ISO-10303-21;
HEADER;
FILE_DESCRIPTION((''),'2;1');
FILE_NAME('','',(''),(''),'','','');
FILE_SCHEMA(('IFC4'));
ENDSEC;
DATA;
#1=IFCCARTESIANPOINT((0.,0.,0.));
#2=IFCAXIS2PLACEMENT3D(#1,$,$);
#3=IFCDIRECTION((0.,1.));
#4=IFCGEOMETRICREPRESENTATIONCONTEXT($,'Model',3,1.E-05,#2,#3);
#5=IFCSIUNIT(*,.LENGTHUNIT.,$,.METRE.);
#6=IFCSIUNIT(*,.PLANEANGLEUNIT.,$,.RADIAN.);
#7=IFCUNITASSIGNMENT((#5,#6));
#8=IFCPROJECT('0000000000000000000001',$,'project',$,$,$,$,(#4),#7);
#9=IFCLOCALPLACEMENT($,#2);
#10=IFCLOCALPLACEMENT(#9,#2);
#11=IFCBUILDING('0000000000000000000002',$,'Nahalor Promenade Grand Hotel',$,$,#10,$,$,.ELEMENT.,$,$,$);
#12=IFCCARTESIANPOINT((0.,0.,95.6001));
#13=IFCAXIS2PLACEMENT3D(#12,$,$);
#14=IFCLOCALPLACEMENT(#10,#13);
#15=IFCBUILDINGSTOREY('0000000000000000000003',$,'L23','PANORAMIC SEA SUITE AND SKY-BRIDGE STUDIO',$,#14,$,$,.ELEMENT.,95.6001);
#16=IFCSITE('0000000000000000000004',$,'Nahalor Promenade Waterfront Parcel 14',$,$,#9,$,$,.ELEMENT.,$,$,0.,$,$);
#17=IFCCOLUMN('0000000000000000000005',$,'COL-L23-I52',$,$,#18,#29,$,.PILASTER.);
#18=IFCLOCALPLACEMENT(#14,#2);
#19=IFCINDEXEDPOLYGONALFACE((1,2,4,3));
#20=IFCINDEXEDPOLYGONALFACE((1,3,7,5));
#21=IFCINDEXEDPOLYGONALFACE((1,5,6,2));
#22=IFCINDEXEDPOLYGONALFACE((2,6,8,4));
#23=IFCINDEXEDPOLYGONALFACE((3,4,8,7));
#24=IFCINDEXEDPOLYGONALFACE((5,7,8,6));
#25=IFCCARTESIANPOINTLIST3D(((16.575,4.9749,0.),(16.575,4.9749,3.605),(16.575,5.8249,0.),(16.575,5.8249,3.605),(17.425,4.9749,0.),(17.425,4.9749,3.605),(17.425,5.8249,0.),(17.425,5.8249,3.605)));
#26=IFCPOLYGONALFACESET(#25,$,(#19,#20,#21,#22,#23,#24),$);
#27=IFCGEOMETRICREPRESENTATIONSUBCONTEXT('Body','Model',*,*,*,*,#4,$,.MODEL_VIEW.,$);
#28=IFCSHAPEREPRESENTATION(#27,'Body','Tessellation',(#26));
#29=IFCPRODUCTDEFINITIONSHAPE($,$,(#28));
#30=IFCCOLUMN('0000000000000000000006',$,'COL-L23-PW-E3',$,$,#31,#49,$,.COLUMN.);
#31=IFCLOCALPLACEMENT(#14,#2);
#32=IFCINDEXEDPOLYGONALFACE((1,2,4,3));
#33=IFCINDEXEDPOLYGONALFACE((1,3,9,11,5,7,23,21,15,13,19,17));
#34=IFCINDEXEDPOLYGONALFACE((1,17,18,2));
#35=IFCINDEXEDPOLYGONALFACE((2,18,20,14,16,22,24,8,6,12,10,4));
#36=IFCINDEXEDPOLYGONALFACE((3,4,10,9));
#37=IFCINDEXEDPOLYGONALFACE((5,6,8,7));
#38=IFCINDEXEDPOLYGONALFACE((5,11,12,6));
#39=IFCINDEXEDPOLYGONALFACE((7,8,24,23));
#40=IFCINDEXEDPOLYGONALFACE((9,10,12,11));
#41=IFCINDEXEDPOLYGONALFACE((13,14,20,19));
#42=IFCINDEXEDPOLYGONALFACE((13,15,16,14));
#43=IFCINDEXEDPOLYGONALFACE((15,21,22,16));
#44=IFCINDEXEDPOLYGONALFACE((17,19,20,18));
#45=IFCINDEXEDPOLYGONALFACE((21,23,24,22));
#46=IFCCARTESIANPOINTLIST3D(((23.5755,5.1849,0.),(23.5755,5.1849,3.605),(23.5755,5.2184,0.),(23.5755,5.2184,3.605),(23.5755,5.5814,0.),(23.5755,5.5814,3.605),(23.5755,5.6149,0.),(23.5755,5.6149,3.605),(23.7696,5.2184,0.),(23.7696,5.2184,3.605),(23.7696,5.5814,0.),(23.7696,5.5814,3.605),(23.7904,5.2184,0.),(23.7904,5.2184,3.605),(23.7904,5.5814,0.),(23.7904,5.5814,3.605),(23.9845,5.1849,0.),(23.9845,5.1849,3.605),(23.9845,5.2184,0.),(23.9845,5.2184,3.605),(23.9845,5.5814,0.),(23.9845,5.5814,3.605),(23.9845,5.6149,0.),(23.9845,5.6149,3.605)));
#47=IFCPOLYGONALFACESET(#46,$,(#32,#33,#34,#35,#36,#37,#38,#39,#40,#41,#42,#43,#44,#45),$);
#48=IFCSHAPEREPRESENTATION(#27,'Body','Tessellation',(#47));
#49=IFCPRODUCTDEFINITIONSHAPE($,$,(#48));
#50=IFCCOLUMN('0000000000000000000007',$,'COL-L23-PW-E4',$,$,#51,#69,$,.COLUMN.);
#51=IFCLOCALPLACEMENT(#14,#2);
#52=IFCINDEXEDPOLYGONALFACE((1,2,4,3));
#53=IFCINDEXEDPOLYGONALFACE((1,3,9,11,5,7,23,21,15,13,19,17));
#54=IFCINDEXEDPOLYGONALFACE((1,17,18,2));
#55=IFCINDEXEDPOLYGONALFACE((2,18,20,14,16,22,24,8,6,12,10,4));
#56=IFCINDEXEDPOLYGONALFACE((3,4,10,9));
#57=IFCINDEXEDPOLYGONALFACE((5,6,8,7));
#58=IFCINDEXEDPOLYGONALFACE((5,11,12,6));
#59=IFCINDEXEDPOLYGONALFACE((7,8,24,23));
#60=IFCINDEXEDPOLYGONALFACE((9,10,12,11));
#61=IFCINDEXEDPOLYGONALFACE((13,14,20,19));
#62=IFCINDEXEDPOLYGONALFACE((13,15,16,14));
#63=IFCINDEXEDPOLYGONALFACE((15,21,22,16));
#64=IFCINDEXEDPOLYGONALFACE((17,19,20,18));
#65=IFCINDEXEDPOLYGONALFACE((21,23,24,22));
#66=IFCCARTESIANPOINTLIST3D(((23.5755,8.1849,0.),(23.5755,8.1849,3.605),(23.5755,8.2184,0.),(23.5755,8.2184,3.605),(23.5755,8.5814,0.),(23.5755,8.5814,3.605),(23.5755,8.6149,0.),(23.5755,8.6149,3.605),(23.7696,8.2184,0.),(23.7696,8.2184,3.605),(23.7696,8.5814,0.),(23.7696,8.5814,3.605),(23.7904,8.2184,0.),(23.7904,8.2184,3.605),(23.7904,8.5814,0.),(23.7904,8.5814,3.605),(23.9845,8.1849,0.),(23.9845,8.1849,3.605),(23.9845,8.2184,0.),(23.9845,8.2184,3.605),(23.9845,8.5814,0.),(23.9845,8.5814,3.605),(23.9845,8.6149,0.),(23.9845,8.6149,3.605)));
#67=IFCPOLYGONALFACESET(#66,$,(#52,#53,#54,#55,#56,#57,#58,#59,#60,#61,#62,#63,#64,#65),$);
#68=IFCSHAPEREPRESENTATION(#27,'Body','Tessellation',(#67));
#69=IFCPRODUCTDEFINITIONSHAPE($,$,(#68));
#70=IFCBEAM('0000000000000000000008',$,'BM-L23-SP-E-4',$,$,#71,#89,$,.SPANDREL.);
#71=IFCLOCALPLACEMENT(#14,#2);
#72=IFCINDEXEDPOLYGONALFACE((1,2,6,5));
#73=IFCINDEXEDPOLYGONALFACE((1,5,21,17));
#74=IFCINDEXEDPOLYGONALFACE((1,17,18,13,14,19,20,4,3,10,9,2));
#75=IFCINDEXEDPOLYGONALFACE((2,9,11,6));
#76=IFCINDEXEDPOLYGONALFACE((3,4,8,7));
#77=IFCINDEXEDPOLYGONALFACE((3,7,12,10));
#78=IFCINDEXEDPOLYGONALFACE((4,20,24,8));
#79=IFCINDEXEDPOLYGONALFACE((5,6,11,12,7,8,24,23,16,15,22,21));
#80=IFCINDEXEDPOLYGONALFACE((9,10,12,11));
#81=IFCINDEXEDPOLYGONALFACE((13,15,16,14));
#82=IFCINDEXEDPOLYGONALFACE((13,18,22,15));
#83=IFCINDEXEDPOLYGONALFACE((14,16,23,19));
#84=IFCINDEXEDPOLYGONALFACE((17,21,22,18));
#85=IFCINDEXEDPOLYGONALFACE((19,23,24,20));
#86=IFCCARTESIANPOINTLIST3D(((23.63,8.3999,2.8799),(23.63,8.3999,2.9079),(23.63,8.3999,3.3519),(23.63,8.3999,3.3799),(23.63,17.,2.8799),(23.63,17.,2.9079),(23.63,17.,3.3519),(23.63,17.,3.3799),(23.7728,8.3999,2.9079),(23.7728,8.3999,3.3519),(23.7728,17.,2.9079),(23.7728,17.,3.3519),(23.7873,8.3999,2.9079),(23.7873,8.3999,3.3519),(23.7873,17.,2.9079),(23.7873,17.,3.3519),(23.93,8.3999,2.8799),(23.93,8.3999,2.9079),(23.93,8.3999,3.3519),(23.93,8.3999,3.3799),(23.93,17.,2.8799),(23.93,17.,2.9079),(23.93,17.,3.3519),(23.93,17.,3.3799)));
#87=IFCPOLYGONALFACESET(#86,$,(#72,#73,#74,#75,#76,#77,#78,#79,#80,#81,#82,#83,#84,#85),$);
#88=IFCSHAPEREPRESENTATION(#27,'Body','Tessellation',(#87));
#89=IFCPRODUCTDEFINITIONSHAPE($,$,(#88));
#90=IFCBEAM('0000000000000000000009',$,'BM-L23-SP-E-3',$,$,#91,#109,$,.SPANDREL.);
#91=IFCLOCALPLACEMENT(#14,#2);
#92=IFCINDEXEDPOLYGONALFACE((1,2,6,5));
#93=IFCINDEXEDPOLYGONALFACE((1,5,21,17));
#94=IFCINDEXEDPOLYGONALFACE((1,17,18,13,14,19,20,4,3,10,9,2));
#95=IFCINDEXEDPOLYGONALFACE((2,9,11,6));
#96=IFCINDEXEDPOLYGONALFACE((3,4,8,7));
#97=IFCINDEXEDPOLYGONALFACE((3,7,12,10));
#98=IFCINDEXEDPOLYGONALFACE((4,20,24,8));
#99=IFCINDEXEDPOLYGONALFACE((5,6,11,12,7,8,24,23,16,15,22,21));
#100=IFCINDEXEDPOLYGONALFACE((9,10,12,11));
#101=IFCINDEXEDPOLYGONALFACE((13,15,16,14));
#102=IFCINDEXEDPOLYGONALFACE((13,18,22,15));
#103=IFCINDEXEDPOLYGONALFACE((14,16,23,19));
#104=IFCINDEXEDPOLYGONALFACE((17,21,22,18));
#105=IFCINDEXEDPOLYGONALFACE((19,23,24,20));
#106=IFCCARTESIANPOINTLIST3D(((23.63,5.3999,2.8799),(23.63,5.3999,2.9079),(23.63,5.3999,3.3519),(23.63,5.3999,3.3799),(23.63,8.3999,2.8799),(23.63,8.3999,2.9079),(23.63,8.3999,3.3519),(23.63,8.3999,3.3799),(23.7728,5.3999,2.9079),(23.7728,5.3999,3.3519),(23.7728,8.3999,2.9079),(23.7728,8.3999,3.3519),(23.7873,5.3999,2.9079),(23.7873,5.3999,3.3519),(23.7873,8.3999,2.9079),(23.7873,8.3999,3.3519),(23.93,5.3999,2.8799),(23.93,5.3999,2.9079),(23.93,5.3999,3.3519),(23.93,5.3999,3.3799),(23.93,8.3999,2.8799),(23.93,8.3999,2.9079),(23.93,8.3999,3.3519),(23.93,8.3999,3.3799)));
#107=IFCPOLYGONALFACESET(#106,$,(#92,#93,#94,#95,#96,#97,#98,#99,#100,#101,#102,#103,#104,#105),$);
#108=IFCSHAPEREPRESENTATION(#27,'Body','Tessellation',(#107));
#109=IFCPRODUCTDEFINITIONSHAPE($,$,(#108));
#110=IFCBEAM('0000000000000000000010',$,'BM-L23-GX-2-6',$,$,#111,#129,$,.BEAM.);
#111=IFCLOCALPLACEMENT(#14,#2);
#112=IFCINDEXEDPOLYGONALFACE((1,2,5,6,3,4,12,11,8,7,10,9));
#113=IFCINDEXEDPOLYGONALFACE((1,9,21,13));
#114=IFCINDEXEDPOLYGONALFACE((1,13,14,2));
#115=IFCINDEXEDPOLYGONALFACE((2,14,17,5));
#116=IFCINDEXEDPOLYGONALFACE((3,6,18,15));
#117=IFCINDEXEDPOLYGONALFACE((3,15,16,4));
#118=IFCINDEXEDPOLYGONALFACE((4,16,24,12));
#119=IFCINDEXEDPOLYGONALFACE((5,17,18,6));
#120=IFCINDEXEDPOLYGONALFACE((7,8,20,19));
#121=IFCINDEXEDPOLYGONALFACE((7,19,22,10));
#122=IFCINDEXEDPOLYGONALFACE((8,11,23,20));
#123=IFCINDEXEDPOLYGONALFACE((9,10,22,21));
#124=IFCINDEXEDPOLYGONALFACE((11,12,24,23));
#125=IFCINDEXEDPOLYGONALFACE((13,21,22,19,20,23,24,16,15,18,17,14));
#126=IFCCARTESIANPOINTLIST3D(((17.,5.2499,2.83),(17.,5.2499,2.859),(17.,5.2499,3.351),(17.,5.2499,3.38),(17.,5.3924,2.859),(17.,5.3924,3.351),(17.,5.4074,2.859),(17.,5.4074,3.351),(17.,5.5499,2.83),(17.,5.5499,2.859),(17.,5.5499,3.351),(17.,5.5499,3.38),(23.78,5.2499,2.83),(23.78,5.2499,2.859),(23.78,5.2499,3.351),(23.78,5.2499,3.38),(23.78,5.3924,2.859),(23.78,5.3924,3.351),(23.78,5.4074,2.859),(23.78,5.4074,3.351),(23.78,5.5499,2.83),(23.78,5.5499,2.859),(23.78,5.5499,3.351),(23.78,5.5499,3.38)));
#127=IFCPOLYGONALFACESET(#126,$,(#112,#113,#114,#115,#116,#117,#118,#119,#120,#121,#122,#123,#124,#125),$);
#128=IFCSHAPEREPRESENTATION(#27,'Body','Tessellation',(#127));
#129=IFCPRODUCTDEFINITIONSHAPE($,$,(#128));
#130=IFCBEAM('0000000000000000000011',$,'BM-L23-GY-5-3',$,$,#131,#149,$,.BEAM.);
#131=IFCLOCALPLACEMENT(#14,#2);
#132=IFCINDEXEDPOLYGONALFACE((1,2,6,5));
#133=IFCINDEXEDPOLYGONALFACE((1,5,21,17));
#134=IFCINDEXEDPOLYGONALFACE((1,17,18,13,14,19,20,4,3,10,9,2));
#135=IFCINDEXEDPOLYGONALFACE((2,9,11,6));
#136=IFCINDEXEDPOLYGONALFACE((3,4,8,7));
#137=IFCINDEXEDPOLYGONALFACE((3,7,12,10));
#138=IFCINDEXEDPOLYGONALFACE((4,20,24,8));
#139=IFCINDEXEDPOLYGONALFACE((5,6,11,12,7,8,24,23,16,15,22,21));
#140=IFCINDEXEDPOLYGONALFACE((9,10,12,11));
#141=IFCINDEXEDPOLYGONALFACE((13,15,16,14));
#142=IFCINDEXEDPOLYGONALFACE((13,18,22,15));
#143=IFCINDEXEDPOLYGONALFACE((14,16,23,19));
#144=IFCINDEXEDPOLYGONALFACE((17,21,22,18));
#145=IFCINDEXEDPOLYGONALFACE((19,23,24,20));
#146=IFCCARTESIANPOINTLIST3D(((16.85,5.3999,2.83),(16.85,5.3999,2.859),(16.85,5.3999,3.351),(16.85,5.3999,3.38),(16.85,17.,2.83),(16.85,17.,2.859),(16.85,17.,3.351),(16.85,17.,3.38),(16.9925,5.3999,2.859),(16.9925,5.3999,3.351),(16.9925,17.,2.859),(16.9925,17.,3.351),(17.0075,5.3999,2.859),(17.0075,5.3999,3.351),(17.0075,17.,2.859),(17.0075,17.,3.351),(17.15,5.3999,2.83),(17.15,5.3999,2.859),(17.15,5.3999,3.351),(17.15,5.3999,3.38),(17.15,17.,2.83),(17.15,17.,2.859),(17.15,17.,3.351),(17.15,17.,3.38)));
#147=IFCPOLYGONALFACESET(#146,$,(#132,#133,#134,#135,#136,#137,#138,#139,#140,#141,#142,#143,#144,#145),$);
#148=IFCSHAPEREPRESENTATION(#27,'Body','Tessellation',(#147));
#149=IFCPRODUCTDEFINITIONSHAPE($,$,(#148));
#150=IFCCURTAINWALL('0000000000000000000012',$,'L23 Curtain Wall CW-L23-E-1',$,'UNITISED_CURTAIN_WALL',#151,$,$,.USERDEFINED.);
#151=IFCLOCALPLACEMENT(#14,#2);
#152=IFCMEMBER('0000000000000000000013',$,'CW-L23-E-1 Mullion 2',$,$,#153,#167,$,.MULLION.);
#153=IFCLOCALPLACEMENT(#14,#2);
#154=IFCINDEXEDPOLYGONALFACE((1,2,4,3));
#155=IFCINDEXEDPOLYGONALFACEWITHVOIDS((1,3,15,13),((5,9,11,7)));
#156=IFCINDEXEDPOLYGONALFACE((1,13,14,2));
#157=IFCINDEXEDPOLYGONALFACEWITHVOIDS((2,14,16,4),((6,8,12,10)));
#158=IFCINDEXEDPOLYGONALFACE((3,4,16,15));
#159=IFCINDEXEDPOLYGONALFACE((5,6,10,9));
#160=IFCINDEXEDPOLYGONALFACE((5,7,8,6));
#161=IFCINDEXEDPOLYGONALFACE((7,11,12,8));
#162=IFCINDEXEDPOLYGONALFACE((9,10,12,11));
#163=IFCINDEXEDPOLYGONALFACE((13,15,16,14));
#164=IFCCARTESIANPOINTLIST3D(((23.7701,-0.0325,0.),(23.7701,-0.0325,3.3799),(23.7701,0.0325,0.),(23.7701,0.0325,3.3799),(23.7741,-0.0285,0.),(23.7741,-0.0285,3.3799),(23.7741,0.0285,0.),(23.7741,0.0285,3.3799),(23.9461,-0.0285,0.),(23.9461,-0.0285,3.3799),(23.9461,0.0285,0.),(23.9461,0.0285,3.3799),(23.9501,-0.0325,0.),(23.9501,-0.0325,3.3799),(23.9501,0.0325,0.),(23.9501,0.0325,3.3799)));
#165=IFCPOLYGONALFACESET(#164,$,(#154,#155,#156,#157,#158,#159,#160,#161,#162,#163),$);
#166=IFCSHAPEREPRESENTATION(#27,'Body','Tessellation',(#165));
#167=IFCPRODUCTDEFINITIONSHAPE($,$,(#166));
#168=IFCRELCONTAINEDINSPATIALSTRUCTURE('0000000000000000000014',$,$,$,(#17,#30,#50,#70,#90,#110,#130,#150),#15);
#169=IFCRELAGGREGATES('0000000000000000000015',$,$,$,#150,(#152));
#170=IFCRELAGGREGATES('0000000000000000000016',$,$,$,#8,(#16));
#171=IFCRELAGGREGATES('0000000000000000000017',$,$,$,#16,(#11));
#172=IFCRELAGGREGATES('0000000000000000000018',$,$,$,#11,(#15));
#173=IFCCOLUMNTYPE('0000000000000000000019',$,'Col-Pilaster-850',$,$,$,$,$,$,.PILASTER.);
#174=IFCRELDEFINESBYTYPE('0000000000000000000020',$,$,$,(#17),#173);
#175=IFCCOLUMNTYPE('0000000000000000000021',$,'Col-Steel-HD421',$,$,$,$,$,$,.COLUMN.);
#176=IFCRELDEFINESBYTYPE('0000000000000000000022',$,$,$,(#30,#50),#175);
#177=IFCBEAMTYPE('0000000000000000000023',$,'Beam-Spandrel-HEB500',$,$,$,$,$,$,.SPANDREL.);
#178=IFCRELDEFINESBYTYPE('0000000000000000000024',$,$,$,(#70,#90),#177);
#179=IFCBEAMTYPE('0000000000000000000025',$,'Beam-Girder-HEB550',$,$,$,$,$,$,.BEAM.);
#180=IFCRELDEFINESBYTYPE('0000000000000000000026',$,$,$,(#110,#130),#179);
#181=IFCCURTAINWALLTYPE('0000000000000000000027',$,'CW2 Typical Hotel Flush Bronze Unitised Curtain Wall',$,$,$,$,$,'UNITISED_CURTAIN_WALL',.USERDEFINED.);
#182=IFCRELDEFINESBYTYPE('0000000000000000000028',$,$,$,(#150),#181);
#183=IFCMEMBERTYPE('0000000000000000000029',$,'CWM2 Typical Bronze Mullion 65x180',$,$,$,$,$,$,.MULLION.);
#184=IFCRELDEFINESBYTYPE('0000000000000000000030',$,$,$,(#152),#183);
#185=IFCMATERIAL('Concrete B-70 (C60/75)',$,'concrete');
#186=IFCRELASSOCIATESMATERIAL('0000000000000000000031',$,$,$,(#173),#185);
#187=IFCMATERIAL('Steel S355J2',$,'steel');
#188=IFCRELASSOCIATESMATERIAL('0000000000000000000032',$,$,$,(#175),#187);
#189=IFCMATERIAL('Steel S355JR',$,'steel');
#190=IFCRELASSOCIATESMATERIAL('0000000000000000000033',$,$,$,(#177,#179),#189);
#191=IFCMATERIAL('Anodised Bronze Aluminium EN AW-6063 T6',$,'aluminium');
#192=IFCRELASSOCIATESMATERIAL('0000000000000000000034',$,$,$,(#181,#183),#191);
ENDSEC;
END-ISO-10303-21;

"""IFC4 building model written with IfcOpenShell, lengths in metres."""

from ifc_helpers import new_model, si_unit, direction, frame, origin, origin_2d, place, context, subcontext, project, spatial, rectangle, hollow_rectangle, i_section, extrude, source, transform, mapped, material, material_profile, profile_set, type_object, element, aggregate, save


model = new_model("IFC4")

# Units and contexts
model_context = context("Model", 3, precision=1e-05, world=origin(), true_north=direction((0.0, 1.0)))
body_context = subcontext(model_context, "Body", "Model", "MODEL_VIEW")
ifc_project = project(units=[si_unit("LENGTHUNIT", "METRE"), si_unit("PLANEANGLEUNIT", "RADIAN")], contexts=[model_context])

# Site, building, storey
site_placement = place(None, origin())
site = spatial("IfcSite", under=ifc_project, at=site_placement, Name="Nahalor Promenade Waterfront Parcel 14", CompositionType="ELEMENT", RefElevation=0.0)
building_placement = place(site_placement, origin())
building = spatial("IfcBuilding", under=site, at=building_placement, Name="Nahalor Promenade Grand Hotel", CompositionType="ELEMENT")
storey_placement = place(building_placement, frame((0.0, 0.0, 95.6001)))
storey = spatial("IfcBuildingStorey", under=building, at=storey_placement, Name="L23", Description="PANORAMIC SEA SUITE AND SKY-BRIDGE STUDIO", CompositionType="ELEMENT", Elevation=95.6001)

# Columns
ifc_material_1 = material(Name="Concrete B-70 (C60/75)", Category="concrete")
ifc_material_profile_1 = material_profile(ifc_material_1, rectangle(XDim=0.85, YDim=0.85, at=origin_2d()), Name="RC 850x850")
ifc_profile_set_1 = profile_set([ifc_material_profile_1], Name="Concrete B-70 (C60/75)")
column_type_1 = type_object("IfcColumnType", Name="Col-Pilaster-850", PredefinedType="PILASTER", material=ifc_profile_set_1)
shared_shape_1 = source(origin(), body_context, "Body", "SweptSolid", [
    extrude(rectangle(XDim=0.85, YDim=0.85, at=origin_2d()), origin(), (0.0, 0.0, 1.0), 3.605),
])
column_placement = place(storey_placement, frame((17.0, 5.3999, 0.0), z_axis=(0.0, 0.0, 1.0), x_axis=(1.0, 0.0, 0.0)))
element("IfcColumn", 1, at=column_placement, inside=storey, type_object=column_type_1, Name="COL-L23-I52", PredefinedType="PILASTER", context=body_context, shape_type="MappedRepresentation", body=[
    mapped(shared_shape_1, transform((0.0, 0.0, 0.0), scale=1.0)),
])
ifc_material_2 = material(Name="Steel S355J2", Category="steel")
ifc_material_profile_2 = material_profile(ifc_material_2, i_section(OverallWidth=0.409, OverallDepth=0.43, WebThickness=0.0208, FlangeThickness=0.0335, at=origin_2d()), Name="HD 400x421")
ifc_profile_set_2 = profile_set([ifc_material_profile_2], Name="Steel S355J2")
column_type_2 = type_object("IfcColumnType", Name="Col-Steel-HD421", PredefinedType="COLUMN", material=ifc_profile_set_2)
shared_shape_2 = source(origin(), body_context, "Body", "SweptSolid", [
    extrude(i_section(OverallWidth=0.409, OverallDepth=0.43, WebThickness=0.0208, FlangeThickness=0.0335, at=origin_2d()), origin(), (0.0, 0.0, 1.0), 3.605),
])
for number, where, z_axis, x_axis, name in (
    (2, (23.78, 5.3999, 0.0), (0.0, 0.0, 1.0), (1.0, 0.0, 0.0), "COL-L23-PW-E3"),
    (3, (23.78, 8.3999, 0.0), (0.0, 0.0, 1.0), (1.0, 0.0, 0.0), "COL-L23-PW-E4"),
):
    element("IfcColumn", number, at=place(storey_placement, frame(where, z_axis=z_axis, x_axis=x_axis)), inside=storey, type_object=column_type_2, Name=name, PredefinedType="COLUMN", context=body_context, shape_type="MappedRepresentation", body=[
        mapped(shared_shape_2, transform((0.0, 0.0, 0.0), scale=1.0)),
    ])

# Beams
ifc_material_3 = material(Name="Steel S355JR", Category="steel")
ifc_material_profile_3 = material_profile(ifc_material_3, i_section(OverallWidth=0.3, OverallDepth=0.5, WebThickness=0.0145, FlangeThickness=0.028, at=origin_2d()), Name="HEB 500")
ifc_profile_set_3 = profile_set([ifc_material_profile_3], Name="Steel S355JR")
beam_type_1 = type_object("IfcBeamType", Name="Beam-Spandrel-HEB500", PredefinedType="SPANDREL", material=ifc_profile_set_3)
shared_shape_3 = source(origin(), body_context, "Body", "SweptSolid", [
    extrude(i_section(OverallWidth=0.3, OverallDepth=0.5, WebThickness=0.0145, FlangeThickness=0.028, at=origin_2d()), origin(), (0.0, 0.0, 1.0), 8.6001),
])
beam_1_placement = place(storey_placement, frame((23.78, 8.3999, 3.1299), z_axis=(0.0, 1.0, 0.0), x_axis=(-1.0, 0.0, 0.0)))
element("IfcBeam", 4, at=beam_1_placement, inside=storey, type_object=beam_type_1, Name="BM-L23-SP-E-4", PredefinedType="SPANDREL", context=body_context, shape_type="MappedRepresentation", body=[
    mapped(shared_shape_3, transform((0.0, 0.0, 0.0), scale=1.0)),
])
shared_shape_4 = source(origin(), body_context, "Body", "SweptSolid", [
    extrude(i_section(OverallWidth=0.3, OverallDepth=0.5, WebThickness=0.0145, FlangeThickness=0.028, at=origin_2d()), origin(), (0.0, 0.0, 1.0), 3.0),
])
beam_2_placement = place(storey_placement, frame((23.78, 5.3999, 3.1299), z_axis=(0.0, 1.0, 0.0), x_axis=(-1.0, 0.0, 0.0)))
element("IfcBeam", 5, at=beam_2_placement, inside=storey, type_object=beam_type_1, Name="BM-L23-SP-E-3", PredefinedType="SPANDREL", context=body_context, shape_type="MappedRepresentation", body=[
    mapped(shared_shape_4, transform((0.0, 0.0, 0.0), scale=1.0)),
])
ifc_material_profile_4 = material_profile(ifc_material_3, i_section(OverallWidth=0.3, OverallDepth=0.55, WebThickness=0.015, FlangeThickness=0.029, at=origin_2d()), Name="HEB 550")
ifc_profile_set_4 = profile_set([ifc_material_profile_4], Name="Steel S355JR")
beam_type_2 = type_object("IfcBeamType", Name="Beam-Girder-HEB550", PredefinedType="BEAM", material=ifc_profile_set_4)
shared_shape_5 = source(origin(), body_context, "Body", "SweptSolid", [
    extrude(i_section(OverallWidth=0.3, OverallDepth=0.55, WebThickness=0.015, FlangeThickness=0.029, at=origin_2d()), origin(), (0.0, 0.0, 1.0), 6.78),
])
beam_3_placement = place(storey_placement, frame((17.0, 5.3999, 3.105), z_axis=(1.0, 0.0, 0.0), x_axis=(0.0, 1.0, 0.0)))
element("IfcBeam", 6, at=beam_3_placement, inside=storey, type_object=beam_type_2, Name="BM-L23-GX-2-6", PredefinedType="BEAM", context=body_context, shape_type="MappedRepresentation", body=[
    mapped(shared_shape_5, transform((0.0, 0.0, 0.0), scale=1.0)),
])
shared_shape_6 = source(origin(), body_context, "Body", "SweptSolid", [
    extrude(i_section(OverallWidth=0.3, OverallDepth=0.55, WebThickness=0.015, FlangeThickness=0.029, at=origin_2d()), origin(), (0.0, 0.0, 1.0), 11.6001),
])
beam_4_placement = place(storey_placement, frame((17.0, 5.3999, 3.105), z_axis=(0.0, 1.0, 0.0), x_axis=(-1.0, 0.0, 0.0)))
element("IfcBeam", 7, at=beam_4_placement, inside=storey, type_object=beam_type_2, Name="BM-L23-GY-5-3", PredefinedType="BEAM", context=body_context, shape_type="MappedRepresentation", body=[
    mapped(shared_shape_6, transform((0.0, 0.0, 0.0), scale=1.0)),
])

# Curtain wall, member
ifc_material_4 = material(Name="Anodised Bronze Aluminium EN AW-6063 T6", Category="aluminium")
curtain_wall_type = type_object("IfcCurtainWallType", Name="CW2 Typical Hotel Flush Bronze Unitised Curtain Wall", ElementType="UNITISED_CURTAIN_WALL", PredefinedType="USERDEFINED", material=ifc_material_4)
curtain_wall_placement = place(storey_placement, origin())
curtain_wall = element("IfcCurtainWall", 8, at=curtain_wall_placement, inside=storey, type_object=curtain_wall_type, Name="L23 Curtain Wall CW-L23-E-1", ObjectType="UNITISED_CURTAIN_WALL", PredefinedType="USERDEFINED")
ifc_material_profile_5 = material_profile(ifc_material_4, hollow_rectangle(XDim=0.065, YDim=0.18, WallThickness=0.004, at=origin_2d()), Name="CWM 65x180x4")
ifc_profile_set_5 = profile_set([ifc_material_profile_5], Name="Anodised Bronze Aluminium EN AW-6063 T6")
member_type_1 = type_object("IfcMemberType", Name="CWM2 Typical Bronze Mullion 65x180", PredefinedType="MULLION", material=ifc_profile_set_5)
shared_shape_7 = source(origin(), body_context, "Body", "SweptSolid", [
    extrude(hollow_rectangle(XDim=0.065, YDim=0.18, WallThickness=0.004, at=origin_2d()), origin(), (0.0, 0.0, 1.0), 3.3799),
])
member_1_placement = place(storey_placement, frame((23.8601, 0.0, 0.0), z_axis=(0.0, 0.0, 1.0), x_axis=(0.0, 1.0, 0.0)))
member_1 = element("IfcMember", 9, at=member_1_placement, type_object=member_type_1, Name="CW-L23-E-1 Mullion 2", PredefinedType="MULLION", context=body_context, shape_type="MappedRepresentation", body=[
    mapped(shared_shape_7, transform((0.0, 0.0, 0.0), scale=1.0)),
])
aggregate(curtain_wall, [member_1])

save(model, "model.ifc")
